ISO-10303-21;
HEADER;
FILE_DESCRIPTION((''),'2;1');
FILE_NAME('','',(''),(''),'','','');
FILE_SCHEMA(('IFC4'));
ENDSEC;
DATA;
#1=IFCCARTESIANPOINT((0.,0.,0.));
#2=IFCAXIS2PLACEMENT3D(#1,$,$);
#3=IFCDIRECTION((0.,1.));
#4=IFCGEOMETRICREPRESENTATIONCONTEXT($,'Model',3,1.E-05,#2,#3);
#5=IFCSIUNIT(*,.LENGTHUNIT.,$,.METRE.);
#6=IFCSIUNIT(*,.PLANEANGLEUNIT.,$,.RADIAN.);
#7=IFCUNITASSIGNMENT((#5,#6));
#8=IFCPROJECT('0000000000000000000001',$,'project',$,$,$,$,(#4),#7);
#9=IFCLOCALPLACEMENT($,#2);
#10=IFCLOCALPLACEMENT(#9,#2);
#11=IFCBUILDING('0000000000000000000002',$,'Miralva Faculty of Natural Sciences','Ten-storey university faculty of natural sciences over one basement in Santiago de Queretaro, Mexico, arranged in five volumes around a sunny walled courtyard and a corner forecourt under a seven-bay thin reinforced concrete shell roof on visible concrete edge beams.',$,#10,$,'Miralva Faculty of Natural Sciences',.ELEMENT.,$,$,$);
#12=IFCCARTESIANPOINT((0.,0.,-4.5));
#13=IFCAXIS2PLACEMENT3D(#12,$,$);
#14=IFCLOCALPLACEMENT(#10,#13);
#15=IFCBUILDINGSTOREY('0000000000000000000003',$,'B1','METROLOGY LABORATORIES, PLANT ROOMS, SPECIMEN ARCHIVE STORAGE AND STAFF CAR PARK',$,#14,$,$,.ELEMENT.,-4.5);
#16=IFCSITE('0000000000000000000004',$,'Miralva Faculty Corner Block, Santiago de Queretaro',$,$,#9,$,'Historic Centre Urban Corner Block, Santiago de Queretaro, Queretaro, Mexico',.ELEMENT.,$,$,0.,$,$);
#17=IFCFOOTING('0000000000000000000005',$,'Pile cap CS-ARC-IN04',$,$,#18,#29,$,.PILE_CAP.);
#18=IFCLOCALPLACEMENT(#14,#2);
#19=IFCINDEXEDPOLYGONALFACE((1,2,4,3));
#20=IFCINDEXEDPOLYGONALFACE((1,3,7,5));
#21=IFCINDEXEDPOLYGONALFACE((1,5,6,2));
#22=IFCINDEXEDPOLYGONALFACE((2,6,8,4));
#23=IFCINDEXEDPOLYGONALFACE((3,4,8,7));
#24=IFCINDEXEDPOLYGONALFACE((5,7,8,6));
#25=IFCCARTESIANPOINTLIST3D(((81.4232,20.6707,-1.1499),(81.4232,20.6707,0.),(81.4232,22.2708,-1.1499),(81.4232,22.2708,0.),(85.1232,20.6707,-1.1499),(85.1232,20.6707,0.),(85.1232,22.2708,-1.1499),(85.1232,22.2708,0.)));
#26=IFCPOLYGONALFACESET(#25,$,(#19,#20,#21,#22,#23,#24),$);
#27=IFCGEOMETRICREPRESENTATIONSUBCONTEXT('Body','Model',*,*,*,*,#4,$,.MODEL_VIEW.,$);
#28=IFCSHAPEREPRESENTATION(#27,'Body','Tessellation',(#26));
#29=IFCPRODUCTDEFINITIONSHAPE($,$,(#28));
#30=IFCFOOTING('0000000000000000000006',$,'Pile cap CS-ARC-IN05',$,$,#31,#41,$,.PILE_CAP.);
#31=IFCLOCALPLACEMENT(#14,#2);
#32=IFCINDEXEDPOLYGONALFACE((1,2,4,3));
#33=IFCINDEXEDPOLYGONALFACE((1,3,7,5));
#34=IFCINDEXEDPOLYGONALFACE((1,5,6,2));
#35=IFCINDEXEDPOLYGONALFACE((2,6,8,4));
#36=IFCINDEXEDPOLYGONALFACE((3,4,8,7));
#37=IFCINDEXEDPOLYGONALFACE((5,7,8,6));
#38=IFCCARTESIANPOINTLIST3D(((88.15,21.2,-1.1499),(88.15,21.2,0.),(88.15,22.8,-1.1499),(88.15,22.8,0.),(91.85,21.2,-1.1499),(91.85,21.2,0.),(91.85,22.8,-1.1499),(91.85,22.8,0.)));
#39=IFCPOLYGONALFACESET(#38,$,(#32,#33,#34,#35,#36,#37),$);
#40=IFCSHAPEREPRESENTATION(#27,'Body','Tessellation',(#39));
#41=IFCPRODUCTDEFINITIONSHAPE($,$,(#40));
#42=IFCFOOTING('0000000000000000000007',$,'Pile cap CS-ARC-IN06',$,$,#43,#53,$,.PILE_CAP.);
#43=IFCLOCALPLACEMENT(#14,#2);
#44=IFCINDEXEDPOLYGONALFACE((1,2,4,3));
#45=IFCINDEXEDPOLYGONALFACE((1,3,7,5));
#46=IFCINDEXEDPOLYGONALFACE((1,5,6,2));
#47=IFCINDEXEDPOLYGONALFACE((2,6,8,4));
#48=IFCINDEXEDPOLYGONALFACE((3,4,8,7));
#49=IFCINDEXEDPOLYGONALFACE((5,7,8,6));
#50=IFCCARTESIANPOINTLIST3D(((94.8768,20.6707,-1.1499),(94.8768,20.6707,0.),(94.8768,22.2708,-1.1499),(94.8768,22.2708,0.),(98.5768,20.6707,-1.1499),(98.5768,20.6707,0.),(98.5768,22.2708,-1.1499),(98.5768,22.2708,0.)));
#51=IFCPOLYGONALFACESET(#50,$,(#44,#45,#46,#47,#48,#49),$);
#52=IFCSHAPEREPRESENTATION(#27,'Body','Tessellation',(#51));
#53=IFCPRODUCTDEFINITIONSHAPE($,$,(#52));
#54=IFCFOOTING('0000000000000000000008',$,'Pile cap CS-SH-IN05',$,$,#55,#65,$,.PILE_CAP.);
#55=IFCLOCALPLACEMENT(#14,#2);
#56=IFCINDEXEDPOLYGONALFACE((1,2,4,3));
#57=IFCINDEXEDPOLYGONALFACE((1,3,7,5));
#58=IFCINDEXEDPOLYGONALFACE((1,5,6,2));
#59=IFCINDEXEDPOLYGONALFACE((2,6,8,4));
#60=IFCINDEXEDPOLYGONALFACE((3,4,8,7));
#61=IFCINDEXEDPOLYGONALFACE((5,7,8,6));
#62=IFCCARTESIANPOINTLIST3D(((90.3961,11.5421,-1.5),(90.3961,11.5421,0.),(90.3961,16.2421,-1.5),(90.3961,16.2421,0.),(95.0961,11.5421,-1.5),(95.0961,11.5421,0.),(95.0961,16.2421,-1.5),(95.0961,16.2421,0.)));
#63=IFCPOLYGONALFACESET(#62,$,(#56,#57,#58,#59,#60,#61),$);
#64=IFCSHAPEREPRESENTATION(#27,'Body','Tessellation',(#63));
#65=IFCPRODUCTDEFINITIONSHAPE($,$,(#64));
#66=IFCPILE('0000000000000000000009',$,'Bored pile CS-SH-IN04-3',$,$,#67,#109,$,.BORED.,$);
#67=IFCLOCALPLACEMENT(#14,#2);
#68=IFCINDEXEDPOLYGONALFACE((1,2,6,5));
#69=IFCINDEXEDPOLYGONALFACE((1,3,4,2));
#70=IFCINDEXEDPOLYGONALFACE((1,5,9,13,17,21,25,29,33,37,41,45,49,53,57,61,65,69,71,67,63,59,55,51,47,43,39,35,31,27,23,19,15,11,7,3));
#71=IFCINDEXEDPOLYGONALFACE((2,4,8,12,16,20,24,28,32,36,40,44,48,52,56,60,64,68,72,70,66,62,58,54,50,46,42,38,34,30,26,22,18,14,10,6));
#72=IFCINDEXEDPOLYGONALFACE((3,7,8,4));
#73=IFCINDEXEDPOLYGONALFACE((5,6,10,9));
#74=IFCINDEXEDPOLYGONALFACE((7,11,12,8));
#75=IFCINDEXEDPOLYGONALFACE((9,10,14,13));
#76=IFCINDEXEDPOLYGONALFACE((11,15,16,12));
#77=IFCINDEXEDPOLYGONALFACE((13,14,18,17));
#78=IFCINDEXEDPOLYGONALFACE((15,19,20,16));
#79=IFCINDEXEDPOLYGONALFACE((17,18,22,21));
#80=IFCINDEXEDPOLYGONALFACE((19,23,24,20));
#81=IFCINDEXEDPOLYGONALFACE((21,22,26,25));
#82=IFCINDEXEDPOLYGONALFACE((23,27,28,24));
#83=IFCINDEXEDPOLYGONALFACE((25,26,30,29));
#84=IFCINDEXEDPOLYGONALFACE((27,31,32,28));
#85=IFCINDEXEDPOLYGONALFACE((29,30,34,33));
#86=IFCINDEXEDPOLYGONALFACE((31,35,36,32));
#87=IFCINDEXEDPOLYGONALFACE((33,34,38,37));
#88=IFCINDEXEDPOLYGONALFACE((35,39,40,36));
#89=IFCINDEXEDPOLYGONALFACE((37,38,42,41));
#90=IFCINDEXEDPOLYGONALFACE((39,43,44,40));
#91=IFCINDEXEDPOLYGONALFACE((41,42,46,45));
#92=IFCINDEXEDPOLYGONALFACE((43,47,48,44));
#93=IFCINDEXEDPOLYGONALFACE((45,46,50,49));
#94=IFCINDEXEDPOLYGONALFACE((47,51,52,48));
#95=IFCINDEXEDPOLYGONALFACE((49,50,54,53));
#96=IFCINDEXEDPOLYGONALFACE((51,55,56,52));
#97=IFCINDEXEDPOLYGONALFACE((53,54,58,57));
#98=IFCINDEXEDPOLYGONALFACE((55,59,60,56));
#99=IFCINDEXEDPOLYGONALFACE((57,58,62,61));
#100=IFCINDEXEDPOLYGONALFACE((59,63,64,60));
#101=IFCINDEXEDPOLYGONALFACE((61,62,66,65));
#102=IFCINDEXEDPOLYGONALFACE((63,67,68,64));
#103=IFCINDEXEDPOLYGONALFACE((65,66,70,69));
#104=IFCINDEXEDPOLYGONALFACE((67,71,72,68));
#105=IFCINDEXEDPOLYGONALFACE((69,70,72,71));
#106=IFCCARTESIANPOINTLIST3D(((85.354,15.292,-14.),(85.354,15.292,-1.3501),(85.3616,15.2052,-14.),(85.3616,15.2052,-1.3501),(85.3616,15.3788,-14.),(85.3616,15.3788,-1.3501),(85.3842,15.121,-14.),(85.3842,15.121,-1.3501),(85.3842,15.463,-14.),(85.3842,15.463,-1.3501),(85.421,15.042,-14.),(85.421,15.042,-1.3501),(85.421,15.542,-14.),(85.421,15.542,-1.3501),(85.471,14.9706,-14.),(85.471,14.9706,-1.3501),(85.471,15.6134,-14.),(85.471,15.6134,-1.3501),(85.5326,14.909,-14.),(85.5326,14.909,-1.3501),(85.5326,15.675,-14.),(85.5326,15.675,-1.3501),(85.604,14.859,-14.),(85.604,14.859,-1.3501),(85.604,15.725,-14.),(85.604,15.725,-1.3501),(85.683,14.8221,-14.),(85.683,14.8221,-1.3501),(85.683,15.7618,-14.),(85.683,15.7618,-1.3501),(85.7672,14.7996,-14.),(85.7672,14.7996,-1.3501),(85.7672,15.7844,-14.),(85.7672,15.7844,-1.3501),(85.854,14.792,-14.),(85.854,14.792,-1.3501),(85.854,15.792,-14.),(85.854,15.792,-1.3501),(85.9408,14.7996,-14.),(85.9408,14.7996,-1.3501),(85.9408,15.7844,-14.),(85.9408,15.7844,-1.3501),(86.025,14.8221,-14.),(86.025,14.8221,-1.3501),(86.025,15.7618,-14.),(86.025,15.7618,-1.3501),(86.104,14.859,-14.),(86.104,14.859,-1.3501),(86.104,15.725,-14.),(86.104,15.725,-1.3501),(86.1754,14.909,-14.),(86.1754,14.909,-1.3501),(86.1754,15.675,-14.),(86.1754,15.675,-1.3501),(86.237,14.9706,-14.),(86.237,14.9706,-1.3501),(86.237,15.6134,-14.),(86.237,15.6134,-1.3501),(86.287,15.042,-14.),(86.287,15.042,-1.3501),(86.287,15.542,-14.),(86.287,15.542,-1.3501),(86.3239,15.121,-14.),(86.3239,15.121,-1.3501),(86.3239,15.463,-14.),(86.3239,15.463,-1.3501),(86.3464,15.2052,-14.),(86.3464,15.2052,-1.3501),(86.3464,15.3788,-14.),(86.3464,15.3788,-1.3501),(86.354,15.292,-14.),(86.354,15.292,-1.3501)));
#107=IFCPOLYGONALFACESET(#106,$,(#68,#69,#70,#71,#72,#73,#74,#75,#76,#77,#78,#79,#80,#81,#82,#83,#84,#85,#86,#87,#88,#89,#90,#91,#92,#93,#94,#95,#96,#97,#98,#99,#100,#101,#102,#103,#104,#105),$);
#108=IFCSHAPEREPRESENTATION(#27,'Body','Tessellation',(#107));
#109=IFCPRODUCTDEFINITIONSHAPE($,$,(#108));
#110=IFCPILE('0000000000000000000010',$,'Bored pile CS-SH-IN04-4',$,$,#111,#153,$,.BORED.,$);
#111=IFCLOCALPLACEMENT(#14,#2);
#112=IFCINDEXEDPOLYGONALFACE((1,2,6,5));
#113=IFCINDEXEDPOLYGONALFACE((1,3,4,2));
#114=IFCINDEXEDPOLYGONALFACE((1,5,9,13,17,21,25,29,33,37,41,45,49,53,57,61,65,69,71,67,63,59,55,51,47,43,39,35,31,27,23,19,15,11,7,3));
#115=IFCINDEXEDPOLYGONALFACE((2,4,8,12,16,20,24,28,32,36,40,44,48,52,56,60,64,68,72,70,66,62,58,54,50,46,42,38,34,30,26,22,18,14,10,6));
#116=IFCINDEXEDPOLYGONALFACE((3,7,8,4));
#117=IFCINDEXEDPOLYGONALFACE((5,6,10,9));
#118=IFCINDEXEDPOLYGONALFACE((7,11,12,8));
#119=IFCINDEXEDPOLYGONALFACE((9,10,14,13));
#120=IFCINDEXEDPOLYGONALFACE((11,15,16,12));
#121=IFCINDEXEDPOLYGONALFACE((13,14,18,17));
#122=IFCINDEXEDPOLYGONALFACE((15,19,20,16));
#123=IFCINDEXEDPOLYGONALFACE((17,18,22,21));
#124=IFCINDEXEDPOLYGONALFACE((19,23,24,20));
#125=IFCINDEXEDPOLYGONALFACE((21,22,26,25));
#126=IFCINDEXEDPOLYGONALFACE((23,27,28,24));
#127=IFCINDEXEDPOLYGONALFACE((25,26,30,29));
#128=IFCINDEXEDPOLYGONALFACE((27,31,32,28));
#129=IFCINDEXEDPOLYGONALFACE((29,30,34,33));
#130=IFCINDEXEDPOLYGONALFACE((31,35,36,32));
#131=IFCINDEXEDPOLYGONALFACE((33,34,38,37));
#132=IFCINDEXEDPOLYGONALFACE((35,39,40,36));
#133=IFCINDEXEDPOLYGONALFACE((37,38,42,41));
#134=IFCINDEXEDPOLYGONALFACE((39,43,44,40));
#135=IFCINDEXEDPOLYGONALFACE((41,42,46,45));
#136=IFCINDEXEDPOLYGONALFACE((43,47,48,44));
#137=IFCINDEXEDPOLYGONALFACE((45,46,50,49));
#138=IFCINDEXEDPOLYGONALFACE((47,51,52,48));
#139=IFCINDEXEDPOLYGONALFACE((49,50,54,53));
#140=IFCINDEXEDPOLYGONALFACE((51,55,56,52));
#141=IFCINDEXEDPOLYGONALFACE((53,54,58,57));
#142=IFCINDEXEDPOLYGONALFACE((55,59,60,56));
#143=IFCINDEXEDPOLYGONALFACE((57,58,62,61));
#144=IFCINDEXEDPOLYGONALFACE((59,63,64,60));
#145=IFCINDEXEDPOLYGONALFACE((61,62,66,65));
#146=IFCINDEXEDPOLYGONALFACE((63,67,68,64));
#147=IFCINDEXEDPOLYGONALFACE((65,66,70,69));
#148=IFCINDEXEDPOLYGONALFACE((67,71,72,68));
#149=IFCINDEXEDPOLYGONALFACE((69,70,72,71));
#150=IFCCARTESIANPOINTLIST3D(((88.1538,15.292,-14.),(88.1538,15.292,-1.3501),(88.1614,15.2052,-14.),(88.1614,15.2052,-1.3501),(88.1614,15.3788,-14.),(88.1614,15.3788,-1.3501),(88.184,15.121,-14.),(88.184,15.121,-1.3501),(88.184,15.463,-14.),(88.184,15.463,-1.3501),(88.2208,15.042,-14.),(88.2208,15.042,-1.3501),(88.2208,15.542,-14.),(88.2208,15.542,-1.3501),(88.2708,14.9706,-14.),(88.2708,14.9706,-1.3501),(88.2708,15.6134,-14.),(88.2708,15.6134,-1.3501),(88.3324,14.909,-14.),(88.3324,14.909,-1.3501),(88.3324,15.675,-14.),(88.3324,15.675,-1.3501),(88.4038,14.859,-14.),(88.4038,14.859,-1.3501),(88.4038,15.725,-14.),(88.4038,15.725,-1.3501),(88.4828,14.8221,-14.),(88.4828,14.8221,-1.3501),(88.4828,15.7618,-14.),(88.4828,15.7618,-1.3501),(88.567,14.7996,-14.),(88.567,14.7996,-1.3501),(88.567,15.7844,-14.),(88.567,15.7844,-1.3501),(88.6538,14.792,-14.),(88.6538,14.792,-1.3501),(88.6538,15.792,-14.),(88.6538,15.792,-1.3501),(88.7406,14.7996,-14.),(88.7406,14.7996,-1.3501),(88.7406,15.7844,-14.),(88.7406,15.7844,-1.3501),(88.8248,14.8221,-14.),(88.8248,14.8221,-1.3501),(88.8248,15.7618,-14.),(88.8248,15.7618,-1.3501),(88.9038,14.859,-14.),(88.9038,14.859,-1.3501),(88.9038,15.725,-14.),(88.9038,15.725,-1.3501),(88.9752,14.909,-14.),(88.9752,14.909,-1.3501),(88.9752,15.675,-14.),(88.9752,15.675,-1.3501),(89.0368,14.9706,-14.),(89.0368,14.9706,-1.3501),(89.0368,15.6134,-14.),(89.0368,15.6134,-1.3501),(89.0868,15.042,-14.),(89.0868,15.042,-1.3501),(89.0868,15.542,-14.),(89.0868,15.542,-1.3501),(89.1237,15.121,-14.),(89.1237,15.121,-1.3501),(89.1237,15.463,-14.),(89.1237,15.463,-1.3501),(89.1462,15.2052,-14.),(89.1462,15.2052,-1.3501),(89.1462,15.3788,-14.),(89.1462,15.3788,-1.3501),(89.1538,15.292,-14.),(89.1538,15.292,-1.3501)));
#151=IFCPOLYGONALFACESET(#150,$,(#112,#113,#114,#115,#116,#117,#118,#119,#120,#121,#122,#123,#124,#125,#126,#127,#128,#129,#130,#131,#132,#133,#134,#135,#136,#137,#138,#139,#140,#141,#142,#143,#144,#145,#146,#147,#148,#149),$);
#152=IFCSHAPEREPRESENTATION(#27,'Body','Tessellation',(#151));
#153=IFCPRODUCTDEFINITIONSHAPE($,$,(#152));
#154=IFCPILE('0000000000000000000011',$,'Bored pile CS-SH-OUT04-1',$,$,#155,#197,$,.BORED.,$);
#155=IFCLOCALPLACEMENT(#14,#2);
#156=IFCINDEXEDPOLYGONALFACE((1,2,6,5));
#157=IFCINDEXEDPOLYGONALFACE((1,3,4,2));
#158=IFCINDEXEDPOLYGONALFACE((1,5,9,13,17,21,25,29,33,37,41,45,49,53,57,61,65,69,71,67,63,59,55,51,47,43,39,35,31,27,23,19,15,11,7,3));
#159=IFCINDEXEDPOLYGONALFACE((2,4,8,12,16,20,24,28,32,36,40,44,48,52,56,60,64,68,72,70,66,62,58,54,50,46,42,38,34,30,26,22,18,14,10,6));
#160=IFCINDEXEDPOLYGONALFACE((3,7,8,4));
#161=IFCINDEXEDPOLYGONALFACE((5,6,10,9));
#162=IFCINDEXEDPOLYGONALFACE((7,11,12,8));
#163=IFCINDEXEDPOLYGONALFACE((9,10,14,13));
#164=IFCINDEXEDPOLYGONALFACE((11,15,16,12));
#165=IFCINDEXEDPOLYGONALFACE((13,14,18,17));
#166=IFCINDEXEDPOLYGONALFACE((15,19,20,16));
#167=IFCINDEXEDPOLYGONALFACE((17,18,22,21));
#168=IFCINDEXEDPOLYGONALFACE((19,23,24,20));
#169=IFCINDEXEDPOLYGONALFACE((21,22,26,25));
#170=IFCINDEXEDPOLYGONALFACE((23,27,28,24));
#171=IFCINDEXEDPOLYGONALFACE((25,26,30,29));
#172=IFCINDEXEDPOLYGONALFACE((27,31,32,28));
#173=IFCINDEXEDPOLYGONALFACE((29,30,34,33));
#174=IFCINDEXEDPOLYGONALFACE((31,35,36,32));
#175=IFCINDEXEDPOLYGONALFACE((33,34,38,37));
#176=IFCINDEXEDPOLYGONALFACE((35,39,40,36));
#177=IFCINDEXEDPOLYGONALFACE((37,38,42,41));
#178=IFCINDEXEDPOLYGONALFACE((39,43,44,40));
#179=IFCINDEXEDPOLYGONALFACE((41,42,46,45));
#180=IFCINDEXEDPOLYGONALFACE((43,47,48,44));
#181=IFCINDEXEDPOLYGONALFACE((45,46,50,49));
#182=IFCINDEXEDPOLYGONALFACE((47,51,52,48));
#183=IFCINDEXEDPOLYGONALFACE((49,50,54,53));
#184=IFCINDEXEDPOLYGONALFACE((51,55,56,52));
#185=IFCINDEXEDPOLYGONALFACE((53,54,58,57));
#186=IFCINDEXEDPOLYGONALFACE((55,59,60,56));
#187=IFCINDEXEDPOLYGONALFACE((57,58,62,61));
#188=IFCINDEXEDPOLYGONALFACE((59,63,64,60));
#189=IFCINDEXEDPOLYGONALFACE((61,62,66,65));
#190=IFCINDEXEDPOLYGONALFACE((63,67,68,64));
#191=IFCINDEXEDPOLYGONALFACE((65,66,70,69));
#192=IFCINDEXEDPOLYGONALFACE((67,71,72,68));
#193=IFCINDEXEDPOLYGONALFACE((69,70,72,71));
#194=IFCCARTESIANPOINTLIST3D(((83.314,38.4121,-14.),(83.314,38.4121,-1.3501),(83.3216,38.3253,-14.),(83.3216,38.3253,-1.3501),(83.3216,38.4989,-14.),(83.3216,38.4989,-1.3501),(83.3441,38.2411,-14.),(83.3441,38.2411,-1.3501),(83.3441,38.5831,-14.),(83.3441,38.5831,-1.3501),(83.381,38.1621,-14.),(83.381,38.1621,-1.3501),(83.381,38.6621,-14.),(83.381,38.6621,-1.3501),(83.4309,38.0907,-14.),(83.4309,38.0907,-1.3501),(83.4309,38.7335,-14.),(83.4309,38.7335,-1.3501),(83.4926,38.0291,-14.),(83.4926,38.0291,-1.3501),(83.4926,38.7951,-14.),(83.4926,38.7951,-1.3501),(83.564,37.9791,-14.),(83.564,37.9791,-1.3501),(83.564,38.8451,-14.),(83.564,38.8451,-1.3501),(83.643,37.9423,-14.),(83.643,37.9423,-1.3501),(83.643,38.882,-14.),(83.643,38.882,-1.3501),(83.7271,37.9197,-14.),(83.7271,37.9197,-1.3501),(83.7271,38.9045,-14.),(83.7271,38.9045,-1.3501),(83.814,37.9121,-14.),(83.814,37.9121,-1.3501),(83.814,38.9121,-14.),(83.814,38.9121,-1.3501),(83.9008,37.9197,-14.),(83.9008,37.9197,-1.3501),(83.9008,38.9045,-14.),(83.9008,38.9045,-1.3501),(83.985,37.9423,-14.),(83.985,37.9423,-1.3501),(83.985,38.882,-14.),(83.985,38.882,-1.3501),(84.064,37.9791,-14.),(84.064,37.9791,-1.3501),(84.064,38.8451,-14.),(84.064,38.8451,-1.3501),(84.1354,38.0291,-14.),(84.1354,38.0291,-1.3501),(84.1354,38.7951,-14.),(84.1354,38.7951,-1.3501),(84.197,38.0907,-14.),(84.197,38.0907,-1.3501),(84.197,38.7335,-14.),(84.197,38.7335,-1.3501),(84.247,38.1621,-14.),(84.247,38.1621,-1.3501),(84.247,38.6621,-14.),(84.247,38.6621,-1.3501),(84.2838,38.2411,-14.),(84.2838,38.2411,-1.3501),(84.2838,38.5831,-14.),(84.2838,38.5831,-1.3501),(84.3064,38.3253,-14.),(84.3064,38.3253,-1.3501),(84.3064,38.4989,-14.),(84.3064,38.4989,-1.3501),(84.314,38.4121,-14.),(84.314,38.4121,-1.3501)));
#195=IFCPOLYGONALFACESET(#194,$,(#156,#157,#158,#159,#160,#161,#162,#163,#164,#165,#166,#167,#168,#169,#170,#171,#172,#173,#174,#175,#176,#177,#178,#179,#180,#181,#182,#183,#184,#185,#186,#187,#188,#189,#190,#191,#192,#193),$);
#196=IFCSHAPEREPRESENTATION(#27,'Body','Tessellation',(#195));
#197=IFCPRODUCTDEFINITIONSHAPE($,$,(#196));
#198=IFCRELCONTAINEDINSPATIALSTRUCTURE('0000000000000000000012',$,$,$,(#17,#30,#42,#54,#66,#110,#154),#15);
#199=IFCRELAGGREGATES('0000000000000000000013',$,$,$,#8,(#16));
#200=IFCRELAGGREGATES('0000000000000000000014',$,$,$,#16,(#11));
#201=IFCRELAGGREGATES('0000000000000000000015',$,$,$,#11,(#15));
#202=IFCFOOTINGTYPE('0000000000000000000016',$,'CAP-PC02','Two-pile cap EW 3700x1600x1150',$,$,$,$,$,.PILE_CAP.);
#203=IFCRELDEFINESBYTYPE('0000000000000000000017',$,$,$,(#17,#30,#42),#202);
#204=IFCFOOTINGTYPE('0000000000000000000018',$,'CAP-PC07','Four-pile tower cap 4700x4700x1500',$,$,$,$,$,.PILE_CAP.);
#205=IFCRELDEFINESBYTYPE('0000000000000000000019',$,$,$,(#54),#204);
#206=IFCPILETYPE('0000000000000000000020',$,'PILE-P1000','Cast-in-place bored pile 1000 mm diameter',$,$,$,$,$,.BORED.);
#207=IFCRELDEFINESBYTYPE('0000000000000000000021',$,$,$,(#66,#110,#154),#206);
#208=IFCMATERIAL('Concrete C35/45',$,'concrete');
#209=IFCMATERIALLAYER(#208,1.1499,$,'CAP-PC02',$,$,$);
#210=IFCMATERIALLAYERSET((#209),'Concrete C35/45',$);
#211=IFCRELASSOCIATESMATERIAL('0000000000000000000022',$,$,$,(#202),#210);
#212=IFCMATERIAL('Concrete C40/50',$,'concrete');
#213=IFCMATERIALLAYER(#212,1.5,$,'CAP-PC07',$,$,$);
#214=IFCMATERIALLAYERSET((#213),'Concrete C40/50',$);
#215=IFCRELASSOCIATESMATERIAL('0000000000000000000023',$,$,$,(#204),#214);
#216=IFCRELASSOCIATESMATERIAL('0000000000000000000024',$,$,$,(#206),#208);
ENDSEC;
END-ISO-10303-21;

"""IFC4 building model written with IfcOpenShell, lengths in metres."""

from ifc_helpers import new_model, si_unit, direction, frame, origin, origin_2d, place, context, subcontext, project, spatial, rectangle, circle, extrude, material, layer, layer_set, material_profile, profile_set, type_object, element, save


model = new_model("IFC4")

# Units and contexts
model_context = context("Model", 3, precision=1e-05, world=origin(), true_north=direction((0.0, 1.0)))
body_context = subcontext(model_context, "Body", "Model", "MODEL_VIEW")
ifc_project = project(units=[si_unit("LENGTHUNIT", "METRE"), si_unit("PLANEANGLEUNIT", "RADIAN")], contexts=[model_context])

# Site, building, storey
site_placement = place(None, origin())
site = spatial("IfcSite", under=ifc_project, at=site_placement, Name="Miralva Faculty Corner Block, Santiago de Queretaro", LongName="Historic Centre Urban Corner Block, Santiago de Queretaro, Queretaro, Mexico", CompositionType="ELEMENT", RefElevation=0.0)
building_placement = place(site_placement, origin())
building = spatial("IfcBuilding", under=site, at=building_placement, Name="Miralva Faculty of Natural Sciences", Description="Ten-storey university faculty of natural sciences over one basement in Santiago de Queretaro, Mexico, arranged in five volumes around a sunny walled courtyard and a corner forecourt under a seven-bay thin reinforced concrete shell roof on visible concrete edge beams.", LongName="Miralva Faculty of Natural Sciences", CompositionType="ELEMENT")
storey_placement = place(building_placement, frame((0.0, 0.0, -4.5)))
storey = spatial("IfcBuildingStorey", under=building, at=storey_placement, Name="B1", Description="METROLOGY LABORATORIES, PLANT ROOMS, SPECIMEN ARCHIVE STORAGE AND STAFF CAR PARK", CompositionType="ELEMENT", Elevation=-4.5)

# Footings
ifc_material_1 = material(Name="Concrete C35/45", Category="concrete")
ifc_layer_1 = layer(ifc_material_1, 1.1499, Name="CAP-PC02")
ifc_layer_set_1 = layer_set([ifc_layer_1], Name="Concrete C35/45")
footing_type_1 = type_object("IfcFootingType", Name="CAP-PC02", Description="Two-pile cap EW 3700x1600x1150", PredefinedType="PILE_CAP", material=ifc_layer_set_1)
for number, where, z_axis, x_axis, name in (
    (1, (83.2732, 21.4707, -1.1499), (0.0, 0.0, 1.0), (1.0, 0.0, 0.0), "Pile cap CS-ARC-IN04"),
    (2, (90.0, 22.0, -1.1499), (0.0, 0.0, 1.0), (1.0, 0.0, 0.0), "Pile cap CS-ARC-IN05"),
    (3, (96.7268, 21.4707, -1.1499), (0.0, 0.0, 1.0), (1.0, 0.0, 0.0), "Pile cap CS-ARC-IN06"),
):
    element("IfcFooting", number, at=place(storey_placement, frame(where, z_axis=z_axis, x_axis=x_axis)), inside=storey, type_object=footing_type_1, Name=name, PredefinedType="PILE_CAP", context=body_context, shape_type="SweptSolid", body=[
        extrude(rectangle(XDim=3.7, YDim=1.6001, at=origin_2d()), origin(), (0.0, 0.0, 1.0), 1.1499),
    ])
ifc_material_2 = material(Name="Concrete C40/50", Category="concrete")
ifc_layer_2 = layer(ifc_material_2, 1.5, Name="CAP-PC07")
ifc_layer_set_2 = layer_set([ifc_layer_2], Name="Concrete C40/50")
footing_type_2 = type_object("IfcFootingType", Name="CAP-PC07", Description="Four-pile tower cap 4700x4700x1500", PredefinedType="PILE_CAP", material=ifc_layer_set_2)
footing_placement = place(storey_placement, frame((92.7461, 13.8921, -1.5), z_axis=(0.0, 0.0, 1.0), x_axis=(1.0, 0.0, 0.0)))
element("IfcFooting", 4, at=footing_placement, inside=storey, type_object=footing_type_2, Name="Pile cap CS-SH-IN05", PredefinedType="PILE_CAP", context=body_context, shape_type="SweptSolid", body=[
    extrude(rectangle(XDim=4.7, YDim=4.7, at=origin_2d()), origin(), (0.0, 0.0, 1.0), 1.5),
])

# Piles
ifc_material_profile_1 = material_profile(ifc_material_1, circle(Radius=0.5, at=origin_2d()), Name="BORED PILE 1000")
ifc_profile_set_1 = profile_set([ifc_material_profile_1], Name="Concrete C35/45")
pile_type_1 = type_object("IfcPileType", Name="PILE-P1000", Description="Cast-in-place bored pile 1000 mm diameter", PredefinedType="BORED", material=ifc_profile_set_1)
for number, where, z_axis, x_axis, name in (
    (5, (85.854, 15.292, -1.3501), (0.0, 0.0, -1.0), (1.0, 0.0, 0.0), "Bored pile CS-SH-IN04-3"),
    (6, (88.6538, 15.292, -1.3501), (0.0, 0.0, -1.0), (1.0, 0.0, 0.0), "Bored pile CS-SH-IN04-4"),
    (7, (83.814, 38.4121, -1.3501), (0.0, 0.0, -1.0), (1.0, 0.0, 0.0), "Bored pile CS-SH-OUT04-1"),
):
    element("IfcPile", number, at=place(storey_placement, frame(where, z_axis=z_axis, x_axis=x_axis)), inside=storey, type_object=pile_type_1, Name=name, PredefinedType="BORED", context=body_context, shape_type="SweptSolid", body=[
        extrude(circle(Radius=0.5, at=origin_2d()), origin(), (0.0, 0.0, 1.0), 12.6499),
    ])

save(model, "model.ifc")
